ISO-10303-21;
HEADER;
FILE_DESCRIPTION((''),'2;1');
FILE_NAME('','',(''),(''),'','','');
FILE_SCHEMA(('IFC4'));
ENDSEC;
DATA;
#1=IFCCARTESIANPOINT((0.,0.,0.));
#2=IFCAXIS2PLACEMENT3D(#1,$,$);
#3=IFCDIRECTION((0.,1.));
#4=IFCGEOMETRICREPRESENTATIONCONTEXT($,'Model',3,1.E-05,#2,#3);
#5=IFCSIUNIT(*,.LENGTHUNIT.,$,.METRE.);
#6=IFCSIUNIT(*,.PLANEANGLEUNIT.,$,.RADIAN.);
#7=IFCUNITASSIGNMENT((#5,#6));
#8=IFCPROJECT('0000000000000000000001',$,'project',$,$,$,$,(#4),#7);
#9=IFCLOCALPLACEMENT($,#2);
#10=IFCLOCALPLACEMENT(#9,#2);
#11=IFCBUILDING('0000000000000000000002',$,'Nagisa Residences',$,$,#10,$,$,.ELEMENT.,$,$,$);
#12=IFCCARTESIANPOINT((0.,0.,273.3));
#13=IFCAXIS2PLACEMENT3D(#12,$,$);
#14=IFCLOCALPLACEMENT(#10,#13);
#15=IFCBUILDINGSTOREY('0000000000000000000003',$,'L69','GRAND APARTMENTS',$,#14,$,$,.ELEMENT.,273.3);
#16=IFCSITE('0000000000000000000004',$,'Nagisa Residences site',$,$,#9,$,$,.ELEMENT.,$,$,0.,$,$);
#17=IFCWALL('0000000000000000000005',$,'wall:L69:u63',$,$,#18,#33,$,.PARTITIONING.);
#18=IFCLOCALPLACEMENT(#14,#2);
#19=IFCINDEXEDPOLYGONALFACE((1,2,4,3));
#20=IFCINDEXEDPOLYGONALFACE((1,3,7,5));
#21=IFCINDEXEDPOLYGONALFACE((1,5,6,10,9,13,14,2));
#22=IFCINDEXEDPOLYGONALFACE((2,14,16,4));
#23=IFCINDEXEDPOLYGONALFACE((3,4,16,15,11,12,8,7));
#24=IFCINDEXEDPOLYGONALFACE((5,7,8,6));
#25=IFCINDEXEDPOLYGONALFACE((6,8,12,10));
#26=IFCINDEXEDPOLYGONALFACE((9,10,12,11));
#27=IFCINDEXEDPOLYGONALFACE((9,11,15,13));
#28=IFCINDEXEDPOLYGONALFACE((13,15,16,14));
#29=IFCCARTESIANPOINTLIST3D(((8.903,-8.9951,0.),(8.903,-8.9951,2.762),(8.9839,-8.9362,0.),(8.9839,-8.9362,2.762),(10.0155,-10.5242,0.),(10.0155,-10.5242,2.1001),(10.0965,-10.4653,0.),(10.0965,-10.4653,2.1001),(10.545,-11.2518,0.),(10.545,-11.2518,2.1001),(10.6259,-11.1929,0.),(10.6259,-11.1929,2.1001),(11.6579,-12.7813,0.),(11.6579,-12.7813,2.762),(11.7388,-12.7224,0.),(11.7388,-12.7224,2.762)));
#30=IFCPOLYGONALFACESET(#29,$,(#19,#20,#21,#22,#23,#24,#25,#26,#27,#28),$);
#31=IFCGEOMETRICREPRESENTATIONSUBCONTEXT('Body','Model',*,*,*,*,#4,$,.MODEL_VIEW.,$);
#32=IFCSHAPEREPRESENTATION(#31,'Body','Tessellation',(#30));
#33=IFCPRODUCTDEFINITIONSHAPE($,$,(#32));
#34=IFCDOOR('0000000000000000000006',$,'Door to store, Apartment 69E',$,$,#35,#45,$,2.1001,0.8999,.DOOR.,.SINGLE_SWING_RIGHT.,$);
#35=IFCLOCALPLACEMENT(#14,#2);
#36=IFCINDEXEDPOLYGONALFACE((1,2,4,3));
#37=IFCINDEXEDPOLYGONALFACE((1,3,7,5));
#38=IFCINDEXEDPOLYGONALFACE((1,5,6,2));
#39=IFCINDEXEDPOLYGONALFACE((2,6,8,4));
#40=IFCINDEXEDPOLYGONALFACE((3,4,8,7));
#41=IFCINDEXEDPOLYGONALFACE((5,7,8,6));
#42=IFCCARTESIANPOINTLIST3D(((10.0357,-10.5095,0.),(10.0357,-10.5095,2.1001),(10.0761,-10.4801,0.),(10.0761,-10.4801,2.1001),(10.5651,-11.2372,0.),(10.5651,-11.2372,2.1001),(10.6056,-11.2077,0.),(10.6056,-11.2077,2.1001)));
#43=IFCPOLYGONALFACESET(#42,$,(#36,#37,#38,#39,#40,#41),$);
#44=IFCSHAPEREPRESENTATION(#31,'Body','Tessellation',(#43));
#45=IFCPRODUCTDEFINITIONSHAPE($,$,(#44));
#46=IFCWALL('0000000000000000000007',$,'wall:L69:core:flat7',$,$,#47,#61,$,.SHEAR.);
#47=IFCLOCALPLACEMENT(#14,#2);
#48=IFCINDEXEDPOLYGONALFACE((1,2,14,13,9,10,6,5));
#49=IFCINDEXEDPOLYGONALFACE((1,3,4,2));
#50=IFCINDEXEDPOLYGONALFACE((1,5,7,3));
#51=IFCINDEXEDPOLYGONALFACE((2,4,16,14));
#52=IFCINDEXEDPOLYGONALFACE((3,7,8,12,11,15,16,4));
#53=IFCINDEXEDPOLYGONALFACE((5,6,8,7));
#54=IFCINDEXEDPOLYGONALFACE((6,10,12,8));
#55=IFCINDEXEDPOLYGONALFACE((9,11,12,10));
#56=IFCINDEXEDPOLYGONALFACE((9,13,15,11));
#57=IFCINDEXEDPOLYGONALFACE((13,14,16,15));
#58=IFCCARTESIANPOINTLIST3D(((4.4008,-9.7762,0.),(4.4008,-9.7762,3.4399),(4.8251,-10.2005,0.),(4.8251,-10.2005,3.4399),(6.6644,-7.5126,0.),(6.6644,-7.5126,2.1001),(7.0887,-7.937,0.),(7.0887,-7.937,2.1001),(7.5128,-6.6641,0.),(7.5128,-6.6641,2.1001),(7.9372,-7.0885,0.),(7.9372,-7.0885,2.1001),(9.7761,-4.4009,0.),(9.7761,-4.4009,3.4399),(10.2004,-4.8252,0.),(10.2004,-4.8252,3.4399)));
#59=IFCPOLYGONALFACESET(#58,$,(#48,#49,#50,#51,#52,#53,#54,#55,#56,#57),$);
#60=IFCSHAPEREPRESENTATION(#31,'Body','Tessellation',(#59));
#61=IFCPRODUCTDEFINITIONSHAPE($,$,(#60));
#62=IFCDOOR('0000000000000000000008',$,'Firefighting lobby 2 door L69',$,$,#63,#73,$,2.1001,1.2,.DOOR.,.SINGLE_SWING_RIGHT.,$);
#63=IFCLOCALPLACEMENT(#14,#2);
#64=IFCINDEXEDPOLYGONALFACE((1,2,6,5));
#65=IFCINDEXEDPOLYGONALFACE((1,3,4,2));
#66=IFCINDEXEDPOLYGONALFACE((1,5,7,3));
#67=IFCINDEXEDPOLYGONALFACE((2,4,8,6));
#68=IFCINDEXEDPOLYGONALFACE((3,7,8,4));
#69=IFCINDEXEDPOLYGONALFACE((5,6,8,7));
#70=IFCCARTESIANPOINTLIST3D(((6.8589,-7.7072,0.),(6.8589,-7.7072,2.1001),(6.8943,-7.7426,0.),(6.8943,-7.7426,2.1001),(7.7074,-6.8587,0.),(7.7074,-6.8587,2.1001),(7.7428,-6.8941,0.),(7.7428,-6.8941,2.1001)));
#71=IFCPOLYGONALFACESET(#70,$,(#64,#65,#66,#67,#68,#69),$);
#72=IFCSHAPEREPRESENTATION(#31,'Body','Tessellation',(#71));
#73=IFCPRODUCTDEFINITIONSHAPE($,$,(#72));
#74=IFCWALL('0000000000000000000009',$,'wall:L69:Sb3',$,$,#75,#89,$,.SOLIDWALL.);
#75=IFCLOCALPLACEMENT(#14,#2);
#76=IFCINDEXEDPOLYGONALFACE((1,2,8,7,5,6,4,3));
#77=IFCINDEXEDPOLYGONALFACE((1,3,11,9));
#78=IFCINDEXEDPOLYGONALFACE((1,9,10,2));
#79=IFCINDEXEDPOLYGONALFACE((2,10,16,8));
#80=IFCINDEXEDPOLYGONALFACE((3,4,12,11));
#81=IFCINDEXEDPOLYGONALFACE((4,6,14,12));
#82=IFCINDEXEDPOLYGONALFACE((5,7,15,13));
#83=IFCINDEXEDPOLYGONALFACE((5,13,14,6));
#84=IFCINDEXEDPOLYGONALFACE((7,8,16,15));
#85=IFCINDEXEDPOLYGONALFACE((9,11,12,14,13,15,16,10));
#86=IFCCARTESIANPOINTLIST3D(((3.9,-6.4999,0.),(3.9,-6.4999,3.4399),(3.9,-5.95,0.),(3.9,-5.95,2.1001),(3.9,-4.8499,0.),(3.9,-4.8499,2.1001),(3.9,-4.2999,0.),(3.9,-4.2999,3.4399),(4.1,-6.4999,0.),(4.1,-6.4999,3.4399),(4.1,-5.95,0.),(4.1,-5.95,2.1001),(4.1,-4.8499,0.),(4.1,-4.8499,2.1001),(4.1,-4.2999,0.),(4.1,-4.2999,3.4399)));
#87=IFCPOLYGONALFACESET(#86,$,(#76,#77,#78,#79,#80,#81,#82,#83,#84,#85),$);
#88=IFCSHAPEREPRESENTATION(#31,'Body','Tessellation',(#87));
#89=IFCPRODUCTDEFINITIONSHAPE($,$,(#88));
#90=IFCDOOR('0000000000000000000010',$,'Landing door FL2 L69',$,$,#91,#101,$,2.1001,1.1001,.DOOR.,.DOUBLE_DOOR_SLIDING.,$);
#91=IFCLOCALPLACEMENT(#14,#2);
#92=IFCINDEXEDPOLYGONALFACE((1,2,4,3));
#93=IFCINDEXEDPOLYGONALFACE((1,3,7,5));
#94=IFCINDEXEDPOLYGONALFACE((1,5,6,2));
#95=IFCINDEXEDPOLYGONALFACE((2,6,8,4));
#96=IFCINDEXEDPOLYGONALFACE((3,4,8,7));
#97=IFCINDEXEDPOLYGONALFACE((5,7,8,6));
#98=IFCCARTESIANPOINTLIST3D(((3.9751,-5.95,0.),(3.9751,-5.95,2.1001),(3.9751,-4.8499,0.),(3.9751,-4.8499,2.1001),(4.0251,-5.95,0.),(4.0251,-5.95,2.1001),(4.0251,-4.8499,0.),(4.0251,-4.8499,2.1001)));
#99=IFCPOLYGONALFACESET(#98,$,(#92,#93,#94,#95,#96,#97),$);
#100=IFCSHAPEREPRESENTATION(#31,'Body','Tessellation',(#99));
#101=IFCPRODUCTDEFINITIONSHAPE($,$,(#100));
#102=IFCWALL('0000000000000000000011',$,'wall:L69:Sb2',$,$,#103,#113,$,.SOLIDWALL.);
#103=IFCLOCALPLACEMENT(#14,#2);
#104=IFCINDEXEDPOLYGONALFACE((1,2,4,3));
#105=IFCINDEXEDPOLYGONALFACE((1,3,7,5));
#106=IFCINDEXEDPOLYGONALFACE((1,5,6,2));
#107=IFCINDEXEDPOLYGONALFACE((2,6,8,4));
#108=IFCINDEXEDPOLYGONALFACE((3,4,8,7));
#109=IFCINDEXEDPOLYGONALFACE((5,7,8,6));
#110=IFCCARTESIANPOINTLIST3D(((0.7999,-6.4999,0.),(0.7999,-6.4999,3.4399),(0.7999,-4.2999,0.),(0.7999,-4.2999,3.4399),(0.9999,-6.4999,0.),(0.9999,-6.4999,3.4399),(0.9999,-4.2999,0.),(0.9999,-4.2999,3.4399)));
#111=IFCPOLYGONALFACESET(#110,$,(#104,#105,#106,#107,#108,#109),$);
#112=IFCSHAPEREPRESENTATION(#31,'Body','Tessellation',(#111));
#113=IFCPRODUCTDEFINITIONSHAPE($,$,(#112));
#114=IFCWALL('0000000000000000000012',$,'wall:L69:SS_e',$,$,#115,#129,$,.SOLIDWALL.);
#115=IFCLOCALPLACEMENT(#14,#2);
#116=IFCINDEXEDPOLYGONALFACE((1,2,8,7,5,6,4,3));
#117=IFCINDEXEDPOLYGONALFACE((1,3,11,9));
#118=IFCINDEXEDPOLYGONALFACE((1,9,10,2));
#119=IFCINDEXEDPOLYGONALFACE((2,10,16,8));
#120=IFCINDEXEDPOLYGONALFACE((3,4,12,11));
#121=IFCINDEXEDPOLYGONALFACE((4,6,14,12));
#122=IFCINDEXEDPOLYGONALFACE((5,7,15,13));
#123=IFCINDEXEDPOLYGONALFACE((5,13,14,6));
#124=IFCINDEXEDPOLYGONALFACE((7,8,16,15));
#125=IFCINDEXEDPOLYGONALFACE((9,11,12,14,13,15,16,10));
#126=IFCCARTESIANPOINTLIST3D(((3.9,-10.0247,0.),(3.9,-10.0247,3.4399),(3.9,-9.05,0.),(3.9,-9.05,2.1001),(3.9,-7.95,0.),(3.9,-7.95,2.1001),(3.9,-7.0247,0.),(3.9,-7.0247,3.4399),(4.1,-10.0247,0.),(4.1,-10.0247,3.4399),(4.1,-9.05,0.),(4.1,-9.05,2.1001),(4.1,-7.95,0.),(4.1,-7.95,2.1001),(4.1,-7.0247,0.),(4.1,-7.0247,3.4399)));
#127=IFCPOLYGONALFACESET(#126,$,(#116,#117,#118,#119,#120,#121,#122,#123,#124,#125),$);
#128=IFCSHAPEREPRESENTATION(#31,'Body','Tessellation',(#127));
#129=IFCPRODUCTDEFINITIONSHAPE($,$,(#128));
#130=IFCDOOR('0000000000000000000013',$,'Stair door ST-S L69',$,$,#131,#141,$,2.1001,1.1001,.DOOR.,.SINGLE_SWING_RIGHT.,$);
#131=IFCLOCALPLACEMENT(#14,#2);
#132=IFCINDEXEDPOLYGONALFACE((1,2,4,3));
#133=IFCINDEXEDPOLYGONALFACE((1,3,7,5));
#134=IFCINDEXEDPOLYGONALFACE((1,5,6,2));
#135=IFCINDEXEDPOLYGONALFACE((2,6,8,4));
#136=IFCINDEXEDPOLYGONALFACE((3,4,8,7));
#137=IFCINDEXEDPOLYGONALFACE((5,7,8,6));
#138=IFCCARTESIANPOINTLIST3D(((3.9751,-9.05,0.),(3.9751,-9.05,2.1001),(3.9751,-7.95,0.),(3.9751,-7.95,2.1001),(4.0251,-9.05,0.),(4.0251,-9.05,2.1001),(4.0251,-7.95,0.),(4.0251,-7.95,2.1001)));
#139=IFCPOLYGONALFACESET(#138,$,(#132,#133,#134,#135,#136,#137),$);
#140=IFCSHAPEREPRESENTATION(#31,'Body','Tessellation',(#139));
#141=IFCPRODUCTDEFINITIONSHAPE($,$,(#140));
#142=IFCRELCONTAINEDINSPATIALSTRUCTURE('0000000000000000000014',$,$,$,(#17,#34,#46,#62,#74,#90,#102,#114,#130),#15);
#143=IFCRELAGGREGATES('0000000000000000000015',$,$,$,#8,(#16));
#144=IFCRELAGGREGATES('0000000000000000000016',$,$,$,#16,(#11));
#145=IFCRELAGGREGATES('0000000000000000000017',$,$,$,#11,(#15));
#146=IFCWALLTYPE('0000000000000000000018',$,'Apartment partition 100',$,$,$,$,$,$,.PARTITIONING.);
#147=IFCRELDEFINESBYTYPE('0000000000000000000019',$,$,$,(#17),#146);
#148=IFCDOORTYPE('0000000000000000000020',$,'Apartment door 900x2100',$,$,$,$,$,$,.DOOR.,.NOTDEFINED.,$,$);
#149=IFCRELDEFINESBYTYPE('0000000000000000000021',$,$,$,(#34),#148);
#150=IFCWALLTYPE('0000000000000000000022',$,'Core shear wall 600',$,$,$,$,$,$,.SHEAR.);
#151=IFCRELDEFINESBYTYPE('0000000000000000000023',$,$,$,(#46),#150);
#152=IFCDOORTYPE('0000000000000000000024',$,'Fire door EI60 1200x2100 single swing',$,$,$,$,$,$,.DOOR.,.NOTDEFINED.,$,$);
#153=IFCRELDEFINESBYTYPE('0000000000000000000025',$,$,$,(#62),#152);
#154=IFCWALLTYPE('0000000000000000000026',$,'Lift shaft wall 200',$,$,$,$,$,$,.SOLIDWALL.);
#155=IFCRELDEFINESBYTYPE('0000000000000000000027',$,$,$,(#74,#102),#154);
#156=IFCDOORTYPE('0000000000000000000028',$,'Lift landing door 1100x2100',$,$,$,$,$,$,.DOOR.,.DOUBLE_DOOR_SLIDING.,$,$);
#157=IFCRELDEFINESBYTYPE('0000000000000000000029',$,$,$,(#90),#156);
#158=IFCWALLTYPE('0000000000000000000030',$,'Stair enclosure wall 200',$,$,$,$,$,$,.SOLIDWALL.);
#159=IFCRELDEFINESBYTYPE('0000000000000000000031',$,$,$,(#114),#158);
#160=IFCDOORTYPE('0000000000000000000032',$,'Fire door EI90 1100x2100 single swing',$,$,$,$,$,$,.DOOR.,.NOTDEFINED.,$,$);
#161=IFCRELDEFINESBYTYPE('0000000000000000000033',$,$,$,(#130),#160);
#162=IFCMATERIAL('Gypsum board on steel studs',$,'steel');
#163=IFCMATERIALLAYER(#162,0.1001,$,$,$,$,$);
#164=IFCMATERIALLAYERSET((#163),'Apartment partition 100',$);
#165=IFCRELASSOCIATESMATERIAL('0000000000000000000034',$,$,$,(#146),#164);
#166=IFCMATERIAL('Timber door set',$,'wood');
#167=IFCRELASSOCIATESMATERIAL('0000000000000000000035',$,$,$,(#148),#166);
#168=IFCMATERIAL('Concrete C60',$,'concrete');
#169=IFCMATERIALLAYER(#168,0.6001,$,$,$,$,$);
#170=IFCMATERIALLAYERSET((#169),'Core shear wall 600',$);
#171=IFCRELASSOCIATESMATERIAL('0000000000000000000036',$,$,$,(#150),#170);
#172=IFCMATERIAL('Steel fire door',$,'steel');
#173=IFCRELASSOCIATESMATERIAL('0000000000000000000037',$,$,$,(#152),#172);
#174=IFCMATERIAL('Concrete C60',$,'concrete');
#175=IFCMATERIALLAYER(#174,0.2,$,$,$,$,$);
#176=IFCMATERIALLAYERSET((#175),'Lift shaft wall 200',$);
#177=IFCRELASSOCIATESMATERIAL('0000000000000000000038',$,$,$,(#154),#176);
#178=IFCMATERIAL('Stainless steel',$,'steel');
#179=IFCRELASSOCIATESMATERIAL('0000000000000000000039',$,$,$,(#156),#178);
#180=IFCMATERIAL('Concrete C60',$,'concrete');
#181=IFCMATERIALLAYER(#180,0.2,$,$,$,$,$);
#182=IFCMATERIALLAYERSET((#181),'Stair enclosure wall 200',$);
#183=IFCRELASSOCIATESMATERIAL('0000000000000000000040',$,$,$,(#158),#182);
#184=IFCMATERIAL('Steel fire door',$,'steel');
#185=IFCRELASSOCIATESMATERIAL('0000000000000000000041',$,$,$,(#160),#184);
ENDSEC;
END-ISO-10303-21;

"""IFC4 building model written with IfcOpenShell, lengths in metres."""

from ifc_helpers import new_model, si_unit, direction, frame, frame_2d, origin, place, context, subcontext, project, spatial, rectangle, extrude, material, layer, layer_set, type_object, element, fill, save


model = new_model("IFC4")

# Units and contexts
model_context = context("Model", 3, precision=1e-05, world=origin(), true_north=direction((0.0, 1.0)))
body_context = subcontext(model_context, "Body", "Model", "MODEL_VIEW")
ifc_project = project(units=[si_unit("LENGTHUNIT", "METRE"), si_unit("PLANEANGLEUNIT", "RADIAN")], contexts=[model_context])

# Site, building, storey
site_placement = place(None, origin())
site = spatial("IfcSite", under=ifc_project, at=site_placement, Name="Nagisa Residences site", CompositionType="ELEMENT", RefElevation=0.0)
building_placement = place(site_placement, origin())
building = spatial("IfcBuilding", under=site, at=building_placement, Name="Nagisa Residences", CompositionType="ELEMENT")
storey_placement = place(building_placement, frame((0.0, 0.0, 273.3)))
storey = spatial("IfcBuildingStorey", under=building, at=storey_placement, Name="L69", Description="GRAND APARTMENTS", CompositionType="ELEMENT", Elevation=273.3)

# Walls, openings, doors
ifc_material_1 = material(Name="Gypsum board on steel studs", Category="steel")
ifc_layer_1 = layer(ifc_material_1, 0.1001)
ifc_layer_set_1 = layer_set([ifc_layer_1], Name="Apartment partition 100")
wall_type_1 = type_object("IfcWallType", Name="Apartment partition 100", PredefinedType="PARTITIONING", material=ifc_layer_set_1)
wall_1_placement = place(storey_placement, frame((8.9434, -8.9656, 0.0), z_axis=(0.0, 0.0, 1.0), x_axis=(0.588358, -0.808601, 0.0)))
wall_1 = element("IfcWall", 1, at=wall_1_placement, inside=storey, type_object=wall_type_1, Name="wall:L69:u63", PredefinedType="PARTITIONING", context=body_context, shape_type="SweptSolid", body=[
    extrude(rectangle(XDim=4.6824, YDim=0.1001, at=frame_2d((2.3413, 0.0))), origin(), (0.0, 0.0, 1.0), 2.762),
])
opening_1_placement = place(wall_1_placement, frame((1.8911, 0.0, 0.0)))
opening_1 = element("IfcOpeningElement", 2, at=opening_1_placement, cuts=wall_1, PredefinedType="OPENING", context=body_context, shape_type="SweptSolid", body=[
    extrude(rectangle(XDim=0.8999, YDim=2.1001, at=frame_2d((0.45, 1.05))), frame((0.0, 0.0601, 0.0), z_axis=(0.0, -1.0, 0.0), x_axis=(1.0, 0.0, 0.0)), (0.0, 0.0, 1.0), 0.1201),
])
ifc_material_2 = material(Name="Timber door set", Category="wood")
door_type_1 = type_object("IfcDoorType", Name="Apartment door 900x2100", OperationType="NOTDEFINED", PredefinedType="DOOR", material=ifc_material_2)
door_1_placement = place(opening_1_placement, origin())
door_1 = element("IfcDoor", 3, at=door_1_placement, inside=storey, type_object=door_type_1, Name="Door to store, Apartment 69E", OperationType="SINGLE_SWING_RIGHT", OverallHeight=2.1001, OverallWidth=0.8999, PredefinedType="DOOR", context=body_context, shape_type="SweptSolid", body=[
    extrude(rectangle(XDim=0.8999, YDim=2.1001, at=frame_2d((0.45, 1.05))), frame((0.0, 0.0249, 0.0), z_axis=(0.0, -1.0, 0.0), x_axis=(1.0, 0.0, 0.0)), (0.0, 0.0, 1.0), 0.05),
])
fill(opening_1, door_1)
ifc_material_3 = material(Name="Concrete C60", Category="concrete")
ifc_layer_2 = layer(ifc_material_3, 0.6001)
ifc_layer_set_2 = layer_set([ifc_layer_2], Name="Core shear wall 600")
wall_type_2 = type_object("IfcWallType", Name="Core shear wall 600", PredefinedType="SHEAR", material=ifc_layer_set_2)
wall_2_placement = place(storey_placement, frame((4.613, -9.9883, 0.0), z_axis=(0.0, 0.0, 1.0), x_axis=(0.707107, 0.707107, 0.0)))
wall_2 = element("IfcWall", 4, at=wall_2_placement, inside=storey, type_object=wall_type_2, Name="wall:L69:core:flat7", PredefinedType="SHEAR", context=body_context, shape_type="SweptSolid", body=[
    extrude(rectangle(XDim=7.6018, YDim=0.6001, at=frame_2d((3.8008, 0.0))), origin(), (0.0, 0.0, 1.0), 3.4399),
])
opening_2_placement = place(wall_2_placement, frame((3.2009, 0.0, 0.0)))
opening_2 = element("IfcOpeningElement", 5, at=opening_2_placement, cuts=wall_2, PredefinedType="OPENING", context=body_context, shape_type="SweptSolid", body=[
    extrude(rectangle(XDim=1.2, YDim=2.1001, at=frame_2d((0.6001, 1.05))), frame((0.0, 0.3101, 0.0), z_axis=(0.0, -1.0, 0.0), x_axis=(1.0, 0.0, 0.0)), (0.0, 0.0, 1.0), 0.6201),
])
ifc_material_4 = material(Name="Steel fire door", Category="steel")
door_type_2 = type_object("IfcDoorType", Name="Fire door EI60 1200x2100 single swing", OperationType="NOTDEFINED", PredefinedType="DOOR", material=ifc_material_4)
door_2_placement = place(opening_2_placement, origin())
door_2 = element("IfcDoor", 6, at=door_2_placement, inside=storey, type_object=door_type_2, Name="Firefighting lobby 2 door L69", OperationType="SINGLE_SWING_RIGHT", OverallHeight=2.1001, OverallWidth=1.2, PredefinedType="DOOR", context=body_context, shape_type="SweptSolid", body=[
    extrude(rectangle(XDim=1.2, YDim=2.1001, at=frame_2d((0.6001, 1.05))), frame((0.0, 0.0249, 0.0), z_axis=(0.0, -1.0, 0.0), x_axis=(1.0, 0.0, 0.0)), (0.0, 0.0, 1.0), 0.05),
])
fill(opening_2, door_2)
ifc_material_5 = material(Name="Concrete C60", Category="concrete")
ifc_layer_3 = layer(ifc_material_5, 0.2)
ifc_layer_set_3 = layer_set([ifc_layer_3], Name="Lift shaft wall 200")
wall_type_3 = type_object("IfcWallType", Name="Lift shaft wall 200", PredefinedType="SOLIDWALL", material=ifc_layer_set_3)
wall_3_placement = place(storey_placement, frame((4.0, -6.5, 0.0), z_axis=(0.0, 0.0, 1.0), x_axis=(0.0, 1.0, 0.0)))
wall_3 = element("IfcWall", 7, at=wall_3_placement, inside=storey, type_object=wall_type_3, Name="wall:L69:Sb3", PredefinedType="SOLIDWALL", context=body_context, shape_type="SweptSolid", body=[
    extrude(rectangle(XDim=2.2, YDim=0.2, at=frame_2d((1.1001, 0.0))), origin(), (0.0, 0.0, 1.0), 3.4399),
])
opening_3_placement = place(wall_3_placement, frame((0.55, 0.0, 0.0)))
opening_3 = element("IfcOpeningElement", 8, at=opening_3_placement, cuts=wall_3, PredefinedType="OPENING", context=body_context, shape_type="SweptSolid", body=[
    extrude(rectangle(XDim=1.1001, YDim=2.1001, at=frame_2d((0.55, 1.05))), frame((0.0, 0.1099, 0.0), z_axis=(0.0, -1.0, 0.0), x_axis=(1.0, 0.0, 0.0)), (0.0, 0.0, 1.0), 0.22),
])
ifc_material_6 = material(Name="Stainless steel", Category="steel")
door_type_3 = type_object("IfcDoorType", Name="Lift landing door 1100x2100", OperationType="DOUBLE_DOOR_SLIDING", PredefinedType="DOOR", material=ifc_material_6)
door_3_placement = place(opening_3_placement, origin())
door_3 = element("IfcDoor", 9, at=door_3_placement, inside=storey, type_object=door_type_3, Name="Landing door FL2 L69", OperationType="DOUBLE_DOOR_SLIDING", OverallHeight=2.1001, OverallWidth=1.1001, PredefinedType="DOOR", context=body_context, shape_type="SweptSolid", body=[
    extrude(rectangle(XDim=1.1001, YDim=2.1001, at=frame_2d((0.55, 1.05))), frame((0.0, 0.0249, 0.0), z_axis=(0.0, -1.0, 0.0), x_axis=(1.0, 0.0, 0.0)), (0.0, 0.0, 1.0), 0.05),
])
fill(opening_3, door_3)

# Wall
wall_4_placement = place(storey_placement, frame((0.8999, -6.5, 0.0), z_axis=(0.0, 0.0, 1.0), x_axis=(0.0, 1.0, 0.0)))
element("IfcWall", 10, at=wall_4_placement, inside=storey, type_object=wall_type_3, Name="wall:L69:Sb2", PredefinedType="SOLIDWALL", context=body_context, shape_type="SweptSolid", body=[
    extrude(rectangle(XDim=2.2, YDim=0.2, at=frame_2d((1.1001, 0.0))), origin(), (0.0, 0.0, 1.0), 3.4399),
])

# Wall, opening, door
ifc_material_7 = material(Name="Concrete C60", Category="concrete")
ifc_layer_4 = layer(ifc_material_7, 0.2)
ifc_layer_set_4 = layer_set([ifc_layer_4], Name="Stair enclosure wall 200")
wall_type_4 = type_object("IfcWallType", Name="Stair enclosure wall 200", PredefinedType="SOLIDWALL", material=ifc_layer_set_4)
wall_5_placement = place(storey_placement, frame((4.0, -10.0247, 0.0), z_axis=(0.0, 0.0, 1.0), x_axis=(0.0, 1.0, 0.0)))
wall_5 = element("IfcWall", 11, at=wall_5_placement, inside=storey, type_object=wall_type_4, Name="wall:L69:SS_e", PredefinedType="SOLIDWALL", context=body_context, shape_type="SweptSolid", body=[
    extrude(rectangle(XDim=3.0, YDim=0.2, at=frame_2d((1.5, 0.0))), origin(), (0.0, 0.0, 1.0), 3.4399),
])
opening_4_placement = place(wall_5_placement, frame((0.9746, 0.0, 0.0)))
opening_4 = element("IfcOpeningElement", 12, at=opening_4_placement, cuts=wall_5, PredefinedType="OPENING", context=body_context, shape_type="SweptSolid", body=[
    extrude(rectangle(XDim=1.1001, YDim=2.1001, at=frame_2d((0.55, 1.05))), frame((0.0, 0.1099, 0.0), z_axis=(0.0, -1.0, 0.0), x_axis=(1.0, 0.0, 0.0)), (0.0, 0.0, 1.0), 0.22),
])
ifc_material_8 = material(Name="Steel fire door", Category="steel")
door_type_4 = type_object("IfcDoorType", Name="Fire door EI90 1100x2100 single swing", OperationType="NOTDEFINED", PredefinedType="DOOR", material=ifc_material_8)
door_4_placement = place(opening_4_placement, origin())
door_4 = element("IfcDoor", 13, at=door_4_placement, inside=storey, type_object=door_type_4, Name="Stair door ST-S L69", OperationType="SINGLE_SWING_RIGHT", OverallHeight=2.1001, OverallWidth=1.1001, PredefinedType="DOOR", context=body_context, shape_type="SweptSolid", body=[
    extrude(rectangle(XDim=1.1001, YDim=2.1001, at=frame_2d((0.55, 1.05))), frame((0.0, 0.0249, 0.0), z_axis=(0.0, -1.0, 0.0), x_axis=(1.0, 0.0, 0.0)), (0.0, 0.0, 1.0), 0.05),
])
fill(opening_4, door_4)

save(model, "model.ifc")
